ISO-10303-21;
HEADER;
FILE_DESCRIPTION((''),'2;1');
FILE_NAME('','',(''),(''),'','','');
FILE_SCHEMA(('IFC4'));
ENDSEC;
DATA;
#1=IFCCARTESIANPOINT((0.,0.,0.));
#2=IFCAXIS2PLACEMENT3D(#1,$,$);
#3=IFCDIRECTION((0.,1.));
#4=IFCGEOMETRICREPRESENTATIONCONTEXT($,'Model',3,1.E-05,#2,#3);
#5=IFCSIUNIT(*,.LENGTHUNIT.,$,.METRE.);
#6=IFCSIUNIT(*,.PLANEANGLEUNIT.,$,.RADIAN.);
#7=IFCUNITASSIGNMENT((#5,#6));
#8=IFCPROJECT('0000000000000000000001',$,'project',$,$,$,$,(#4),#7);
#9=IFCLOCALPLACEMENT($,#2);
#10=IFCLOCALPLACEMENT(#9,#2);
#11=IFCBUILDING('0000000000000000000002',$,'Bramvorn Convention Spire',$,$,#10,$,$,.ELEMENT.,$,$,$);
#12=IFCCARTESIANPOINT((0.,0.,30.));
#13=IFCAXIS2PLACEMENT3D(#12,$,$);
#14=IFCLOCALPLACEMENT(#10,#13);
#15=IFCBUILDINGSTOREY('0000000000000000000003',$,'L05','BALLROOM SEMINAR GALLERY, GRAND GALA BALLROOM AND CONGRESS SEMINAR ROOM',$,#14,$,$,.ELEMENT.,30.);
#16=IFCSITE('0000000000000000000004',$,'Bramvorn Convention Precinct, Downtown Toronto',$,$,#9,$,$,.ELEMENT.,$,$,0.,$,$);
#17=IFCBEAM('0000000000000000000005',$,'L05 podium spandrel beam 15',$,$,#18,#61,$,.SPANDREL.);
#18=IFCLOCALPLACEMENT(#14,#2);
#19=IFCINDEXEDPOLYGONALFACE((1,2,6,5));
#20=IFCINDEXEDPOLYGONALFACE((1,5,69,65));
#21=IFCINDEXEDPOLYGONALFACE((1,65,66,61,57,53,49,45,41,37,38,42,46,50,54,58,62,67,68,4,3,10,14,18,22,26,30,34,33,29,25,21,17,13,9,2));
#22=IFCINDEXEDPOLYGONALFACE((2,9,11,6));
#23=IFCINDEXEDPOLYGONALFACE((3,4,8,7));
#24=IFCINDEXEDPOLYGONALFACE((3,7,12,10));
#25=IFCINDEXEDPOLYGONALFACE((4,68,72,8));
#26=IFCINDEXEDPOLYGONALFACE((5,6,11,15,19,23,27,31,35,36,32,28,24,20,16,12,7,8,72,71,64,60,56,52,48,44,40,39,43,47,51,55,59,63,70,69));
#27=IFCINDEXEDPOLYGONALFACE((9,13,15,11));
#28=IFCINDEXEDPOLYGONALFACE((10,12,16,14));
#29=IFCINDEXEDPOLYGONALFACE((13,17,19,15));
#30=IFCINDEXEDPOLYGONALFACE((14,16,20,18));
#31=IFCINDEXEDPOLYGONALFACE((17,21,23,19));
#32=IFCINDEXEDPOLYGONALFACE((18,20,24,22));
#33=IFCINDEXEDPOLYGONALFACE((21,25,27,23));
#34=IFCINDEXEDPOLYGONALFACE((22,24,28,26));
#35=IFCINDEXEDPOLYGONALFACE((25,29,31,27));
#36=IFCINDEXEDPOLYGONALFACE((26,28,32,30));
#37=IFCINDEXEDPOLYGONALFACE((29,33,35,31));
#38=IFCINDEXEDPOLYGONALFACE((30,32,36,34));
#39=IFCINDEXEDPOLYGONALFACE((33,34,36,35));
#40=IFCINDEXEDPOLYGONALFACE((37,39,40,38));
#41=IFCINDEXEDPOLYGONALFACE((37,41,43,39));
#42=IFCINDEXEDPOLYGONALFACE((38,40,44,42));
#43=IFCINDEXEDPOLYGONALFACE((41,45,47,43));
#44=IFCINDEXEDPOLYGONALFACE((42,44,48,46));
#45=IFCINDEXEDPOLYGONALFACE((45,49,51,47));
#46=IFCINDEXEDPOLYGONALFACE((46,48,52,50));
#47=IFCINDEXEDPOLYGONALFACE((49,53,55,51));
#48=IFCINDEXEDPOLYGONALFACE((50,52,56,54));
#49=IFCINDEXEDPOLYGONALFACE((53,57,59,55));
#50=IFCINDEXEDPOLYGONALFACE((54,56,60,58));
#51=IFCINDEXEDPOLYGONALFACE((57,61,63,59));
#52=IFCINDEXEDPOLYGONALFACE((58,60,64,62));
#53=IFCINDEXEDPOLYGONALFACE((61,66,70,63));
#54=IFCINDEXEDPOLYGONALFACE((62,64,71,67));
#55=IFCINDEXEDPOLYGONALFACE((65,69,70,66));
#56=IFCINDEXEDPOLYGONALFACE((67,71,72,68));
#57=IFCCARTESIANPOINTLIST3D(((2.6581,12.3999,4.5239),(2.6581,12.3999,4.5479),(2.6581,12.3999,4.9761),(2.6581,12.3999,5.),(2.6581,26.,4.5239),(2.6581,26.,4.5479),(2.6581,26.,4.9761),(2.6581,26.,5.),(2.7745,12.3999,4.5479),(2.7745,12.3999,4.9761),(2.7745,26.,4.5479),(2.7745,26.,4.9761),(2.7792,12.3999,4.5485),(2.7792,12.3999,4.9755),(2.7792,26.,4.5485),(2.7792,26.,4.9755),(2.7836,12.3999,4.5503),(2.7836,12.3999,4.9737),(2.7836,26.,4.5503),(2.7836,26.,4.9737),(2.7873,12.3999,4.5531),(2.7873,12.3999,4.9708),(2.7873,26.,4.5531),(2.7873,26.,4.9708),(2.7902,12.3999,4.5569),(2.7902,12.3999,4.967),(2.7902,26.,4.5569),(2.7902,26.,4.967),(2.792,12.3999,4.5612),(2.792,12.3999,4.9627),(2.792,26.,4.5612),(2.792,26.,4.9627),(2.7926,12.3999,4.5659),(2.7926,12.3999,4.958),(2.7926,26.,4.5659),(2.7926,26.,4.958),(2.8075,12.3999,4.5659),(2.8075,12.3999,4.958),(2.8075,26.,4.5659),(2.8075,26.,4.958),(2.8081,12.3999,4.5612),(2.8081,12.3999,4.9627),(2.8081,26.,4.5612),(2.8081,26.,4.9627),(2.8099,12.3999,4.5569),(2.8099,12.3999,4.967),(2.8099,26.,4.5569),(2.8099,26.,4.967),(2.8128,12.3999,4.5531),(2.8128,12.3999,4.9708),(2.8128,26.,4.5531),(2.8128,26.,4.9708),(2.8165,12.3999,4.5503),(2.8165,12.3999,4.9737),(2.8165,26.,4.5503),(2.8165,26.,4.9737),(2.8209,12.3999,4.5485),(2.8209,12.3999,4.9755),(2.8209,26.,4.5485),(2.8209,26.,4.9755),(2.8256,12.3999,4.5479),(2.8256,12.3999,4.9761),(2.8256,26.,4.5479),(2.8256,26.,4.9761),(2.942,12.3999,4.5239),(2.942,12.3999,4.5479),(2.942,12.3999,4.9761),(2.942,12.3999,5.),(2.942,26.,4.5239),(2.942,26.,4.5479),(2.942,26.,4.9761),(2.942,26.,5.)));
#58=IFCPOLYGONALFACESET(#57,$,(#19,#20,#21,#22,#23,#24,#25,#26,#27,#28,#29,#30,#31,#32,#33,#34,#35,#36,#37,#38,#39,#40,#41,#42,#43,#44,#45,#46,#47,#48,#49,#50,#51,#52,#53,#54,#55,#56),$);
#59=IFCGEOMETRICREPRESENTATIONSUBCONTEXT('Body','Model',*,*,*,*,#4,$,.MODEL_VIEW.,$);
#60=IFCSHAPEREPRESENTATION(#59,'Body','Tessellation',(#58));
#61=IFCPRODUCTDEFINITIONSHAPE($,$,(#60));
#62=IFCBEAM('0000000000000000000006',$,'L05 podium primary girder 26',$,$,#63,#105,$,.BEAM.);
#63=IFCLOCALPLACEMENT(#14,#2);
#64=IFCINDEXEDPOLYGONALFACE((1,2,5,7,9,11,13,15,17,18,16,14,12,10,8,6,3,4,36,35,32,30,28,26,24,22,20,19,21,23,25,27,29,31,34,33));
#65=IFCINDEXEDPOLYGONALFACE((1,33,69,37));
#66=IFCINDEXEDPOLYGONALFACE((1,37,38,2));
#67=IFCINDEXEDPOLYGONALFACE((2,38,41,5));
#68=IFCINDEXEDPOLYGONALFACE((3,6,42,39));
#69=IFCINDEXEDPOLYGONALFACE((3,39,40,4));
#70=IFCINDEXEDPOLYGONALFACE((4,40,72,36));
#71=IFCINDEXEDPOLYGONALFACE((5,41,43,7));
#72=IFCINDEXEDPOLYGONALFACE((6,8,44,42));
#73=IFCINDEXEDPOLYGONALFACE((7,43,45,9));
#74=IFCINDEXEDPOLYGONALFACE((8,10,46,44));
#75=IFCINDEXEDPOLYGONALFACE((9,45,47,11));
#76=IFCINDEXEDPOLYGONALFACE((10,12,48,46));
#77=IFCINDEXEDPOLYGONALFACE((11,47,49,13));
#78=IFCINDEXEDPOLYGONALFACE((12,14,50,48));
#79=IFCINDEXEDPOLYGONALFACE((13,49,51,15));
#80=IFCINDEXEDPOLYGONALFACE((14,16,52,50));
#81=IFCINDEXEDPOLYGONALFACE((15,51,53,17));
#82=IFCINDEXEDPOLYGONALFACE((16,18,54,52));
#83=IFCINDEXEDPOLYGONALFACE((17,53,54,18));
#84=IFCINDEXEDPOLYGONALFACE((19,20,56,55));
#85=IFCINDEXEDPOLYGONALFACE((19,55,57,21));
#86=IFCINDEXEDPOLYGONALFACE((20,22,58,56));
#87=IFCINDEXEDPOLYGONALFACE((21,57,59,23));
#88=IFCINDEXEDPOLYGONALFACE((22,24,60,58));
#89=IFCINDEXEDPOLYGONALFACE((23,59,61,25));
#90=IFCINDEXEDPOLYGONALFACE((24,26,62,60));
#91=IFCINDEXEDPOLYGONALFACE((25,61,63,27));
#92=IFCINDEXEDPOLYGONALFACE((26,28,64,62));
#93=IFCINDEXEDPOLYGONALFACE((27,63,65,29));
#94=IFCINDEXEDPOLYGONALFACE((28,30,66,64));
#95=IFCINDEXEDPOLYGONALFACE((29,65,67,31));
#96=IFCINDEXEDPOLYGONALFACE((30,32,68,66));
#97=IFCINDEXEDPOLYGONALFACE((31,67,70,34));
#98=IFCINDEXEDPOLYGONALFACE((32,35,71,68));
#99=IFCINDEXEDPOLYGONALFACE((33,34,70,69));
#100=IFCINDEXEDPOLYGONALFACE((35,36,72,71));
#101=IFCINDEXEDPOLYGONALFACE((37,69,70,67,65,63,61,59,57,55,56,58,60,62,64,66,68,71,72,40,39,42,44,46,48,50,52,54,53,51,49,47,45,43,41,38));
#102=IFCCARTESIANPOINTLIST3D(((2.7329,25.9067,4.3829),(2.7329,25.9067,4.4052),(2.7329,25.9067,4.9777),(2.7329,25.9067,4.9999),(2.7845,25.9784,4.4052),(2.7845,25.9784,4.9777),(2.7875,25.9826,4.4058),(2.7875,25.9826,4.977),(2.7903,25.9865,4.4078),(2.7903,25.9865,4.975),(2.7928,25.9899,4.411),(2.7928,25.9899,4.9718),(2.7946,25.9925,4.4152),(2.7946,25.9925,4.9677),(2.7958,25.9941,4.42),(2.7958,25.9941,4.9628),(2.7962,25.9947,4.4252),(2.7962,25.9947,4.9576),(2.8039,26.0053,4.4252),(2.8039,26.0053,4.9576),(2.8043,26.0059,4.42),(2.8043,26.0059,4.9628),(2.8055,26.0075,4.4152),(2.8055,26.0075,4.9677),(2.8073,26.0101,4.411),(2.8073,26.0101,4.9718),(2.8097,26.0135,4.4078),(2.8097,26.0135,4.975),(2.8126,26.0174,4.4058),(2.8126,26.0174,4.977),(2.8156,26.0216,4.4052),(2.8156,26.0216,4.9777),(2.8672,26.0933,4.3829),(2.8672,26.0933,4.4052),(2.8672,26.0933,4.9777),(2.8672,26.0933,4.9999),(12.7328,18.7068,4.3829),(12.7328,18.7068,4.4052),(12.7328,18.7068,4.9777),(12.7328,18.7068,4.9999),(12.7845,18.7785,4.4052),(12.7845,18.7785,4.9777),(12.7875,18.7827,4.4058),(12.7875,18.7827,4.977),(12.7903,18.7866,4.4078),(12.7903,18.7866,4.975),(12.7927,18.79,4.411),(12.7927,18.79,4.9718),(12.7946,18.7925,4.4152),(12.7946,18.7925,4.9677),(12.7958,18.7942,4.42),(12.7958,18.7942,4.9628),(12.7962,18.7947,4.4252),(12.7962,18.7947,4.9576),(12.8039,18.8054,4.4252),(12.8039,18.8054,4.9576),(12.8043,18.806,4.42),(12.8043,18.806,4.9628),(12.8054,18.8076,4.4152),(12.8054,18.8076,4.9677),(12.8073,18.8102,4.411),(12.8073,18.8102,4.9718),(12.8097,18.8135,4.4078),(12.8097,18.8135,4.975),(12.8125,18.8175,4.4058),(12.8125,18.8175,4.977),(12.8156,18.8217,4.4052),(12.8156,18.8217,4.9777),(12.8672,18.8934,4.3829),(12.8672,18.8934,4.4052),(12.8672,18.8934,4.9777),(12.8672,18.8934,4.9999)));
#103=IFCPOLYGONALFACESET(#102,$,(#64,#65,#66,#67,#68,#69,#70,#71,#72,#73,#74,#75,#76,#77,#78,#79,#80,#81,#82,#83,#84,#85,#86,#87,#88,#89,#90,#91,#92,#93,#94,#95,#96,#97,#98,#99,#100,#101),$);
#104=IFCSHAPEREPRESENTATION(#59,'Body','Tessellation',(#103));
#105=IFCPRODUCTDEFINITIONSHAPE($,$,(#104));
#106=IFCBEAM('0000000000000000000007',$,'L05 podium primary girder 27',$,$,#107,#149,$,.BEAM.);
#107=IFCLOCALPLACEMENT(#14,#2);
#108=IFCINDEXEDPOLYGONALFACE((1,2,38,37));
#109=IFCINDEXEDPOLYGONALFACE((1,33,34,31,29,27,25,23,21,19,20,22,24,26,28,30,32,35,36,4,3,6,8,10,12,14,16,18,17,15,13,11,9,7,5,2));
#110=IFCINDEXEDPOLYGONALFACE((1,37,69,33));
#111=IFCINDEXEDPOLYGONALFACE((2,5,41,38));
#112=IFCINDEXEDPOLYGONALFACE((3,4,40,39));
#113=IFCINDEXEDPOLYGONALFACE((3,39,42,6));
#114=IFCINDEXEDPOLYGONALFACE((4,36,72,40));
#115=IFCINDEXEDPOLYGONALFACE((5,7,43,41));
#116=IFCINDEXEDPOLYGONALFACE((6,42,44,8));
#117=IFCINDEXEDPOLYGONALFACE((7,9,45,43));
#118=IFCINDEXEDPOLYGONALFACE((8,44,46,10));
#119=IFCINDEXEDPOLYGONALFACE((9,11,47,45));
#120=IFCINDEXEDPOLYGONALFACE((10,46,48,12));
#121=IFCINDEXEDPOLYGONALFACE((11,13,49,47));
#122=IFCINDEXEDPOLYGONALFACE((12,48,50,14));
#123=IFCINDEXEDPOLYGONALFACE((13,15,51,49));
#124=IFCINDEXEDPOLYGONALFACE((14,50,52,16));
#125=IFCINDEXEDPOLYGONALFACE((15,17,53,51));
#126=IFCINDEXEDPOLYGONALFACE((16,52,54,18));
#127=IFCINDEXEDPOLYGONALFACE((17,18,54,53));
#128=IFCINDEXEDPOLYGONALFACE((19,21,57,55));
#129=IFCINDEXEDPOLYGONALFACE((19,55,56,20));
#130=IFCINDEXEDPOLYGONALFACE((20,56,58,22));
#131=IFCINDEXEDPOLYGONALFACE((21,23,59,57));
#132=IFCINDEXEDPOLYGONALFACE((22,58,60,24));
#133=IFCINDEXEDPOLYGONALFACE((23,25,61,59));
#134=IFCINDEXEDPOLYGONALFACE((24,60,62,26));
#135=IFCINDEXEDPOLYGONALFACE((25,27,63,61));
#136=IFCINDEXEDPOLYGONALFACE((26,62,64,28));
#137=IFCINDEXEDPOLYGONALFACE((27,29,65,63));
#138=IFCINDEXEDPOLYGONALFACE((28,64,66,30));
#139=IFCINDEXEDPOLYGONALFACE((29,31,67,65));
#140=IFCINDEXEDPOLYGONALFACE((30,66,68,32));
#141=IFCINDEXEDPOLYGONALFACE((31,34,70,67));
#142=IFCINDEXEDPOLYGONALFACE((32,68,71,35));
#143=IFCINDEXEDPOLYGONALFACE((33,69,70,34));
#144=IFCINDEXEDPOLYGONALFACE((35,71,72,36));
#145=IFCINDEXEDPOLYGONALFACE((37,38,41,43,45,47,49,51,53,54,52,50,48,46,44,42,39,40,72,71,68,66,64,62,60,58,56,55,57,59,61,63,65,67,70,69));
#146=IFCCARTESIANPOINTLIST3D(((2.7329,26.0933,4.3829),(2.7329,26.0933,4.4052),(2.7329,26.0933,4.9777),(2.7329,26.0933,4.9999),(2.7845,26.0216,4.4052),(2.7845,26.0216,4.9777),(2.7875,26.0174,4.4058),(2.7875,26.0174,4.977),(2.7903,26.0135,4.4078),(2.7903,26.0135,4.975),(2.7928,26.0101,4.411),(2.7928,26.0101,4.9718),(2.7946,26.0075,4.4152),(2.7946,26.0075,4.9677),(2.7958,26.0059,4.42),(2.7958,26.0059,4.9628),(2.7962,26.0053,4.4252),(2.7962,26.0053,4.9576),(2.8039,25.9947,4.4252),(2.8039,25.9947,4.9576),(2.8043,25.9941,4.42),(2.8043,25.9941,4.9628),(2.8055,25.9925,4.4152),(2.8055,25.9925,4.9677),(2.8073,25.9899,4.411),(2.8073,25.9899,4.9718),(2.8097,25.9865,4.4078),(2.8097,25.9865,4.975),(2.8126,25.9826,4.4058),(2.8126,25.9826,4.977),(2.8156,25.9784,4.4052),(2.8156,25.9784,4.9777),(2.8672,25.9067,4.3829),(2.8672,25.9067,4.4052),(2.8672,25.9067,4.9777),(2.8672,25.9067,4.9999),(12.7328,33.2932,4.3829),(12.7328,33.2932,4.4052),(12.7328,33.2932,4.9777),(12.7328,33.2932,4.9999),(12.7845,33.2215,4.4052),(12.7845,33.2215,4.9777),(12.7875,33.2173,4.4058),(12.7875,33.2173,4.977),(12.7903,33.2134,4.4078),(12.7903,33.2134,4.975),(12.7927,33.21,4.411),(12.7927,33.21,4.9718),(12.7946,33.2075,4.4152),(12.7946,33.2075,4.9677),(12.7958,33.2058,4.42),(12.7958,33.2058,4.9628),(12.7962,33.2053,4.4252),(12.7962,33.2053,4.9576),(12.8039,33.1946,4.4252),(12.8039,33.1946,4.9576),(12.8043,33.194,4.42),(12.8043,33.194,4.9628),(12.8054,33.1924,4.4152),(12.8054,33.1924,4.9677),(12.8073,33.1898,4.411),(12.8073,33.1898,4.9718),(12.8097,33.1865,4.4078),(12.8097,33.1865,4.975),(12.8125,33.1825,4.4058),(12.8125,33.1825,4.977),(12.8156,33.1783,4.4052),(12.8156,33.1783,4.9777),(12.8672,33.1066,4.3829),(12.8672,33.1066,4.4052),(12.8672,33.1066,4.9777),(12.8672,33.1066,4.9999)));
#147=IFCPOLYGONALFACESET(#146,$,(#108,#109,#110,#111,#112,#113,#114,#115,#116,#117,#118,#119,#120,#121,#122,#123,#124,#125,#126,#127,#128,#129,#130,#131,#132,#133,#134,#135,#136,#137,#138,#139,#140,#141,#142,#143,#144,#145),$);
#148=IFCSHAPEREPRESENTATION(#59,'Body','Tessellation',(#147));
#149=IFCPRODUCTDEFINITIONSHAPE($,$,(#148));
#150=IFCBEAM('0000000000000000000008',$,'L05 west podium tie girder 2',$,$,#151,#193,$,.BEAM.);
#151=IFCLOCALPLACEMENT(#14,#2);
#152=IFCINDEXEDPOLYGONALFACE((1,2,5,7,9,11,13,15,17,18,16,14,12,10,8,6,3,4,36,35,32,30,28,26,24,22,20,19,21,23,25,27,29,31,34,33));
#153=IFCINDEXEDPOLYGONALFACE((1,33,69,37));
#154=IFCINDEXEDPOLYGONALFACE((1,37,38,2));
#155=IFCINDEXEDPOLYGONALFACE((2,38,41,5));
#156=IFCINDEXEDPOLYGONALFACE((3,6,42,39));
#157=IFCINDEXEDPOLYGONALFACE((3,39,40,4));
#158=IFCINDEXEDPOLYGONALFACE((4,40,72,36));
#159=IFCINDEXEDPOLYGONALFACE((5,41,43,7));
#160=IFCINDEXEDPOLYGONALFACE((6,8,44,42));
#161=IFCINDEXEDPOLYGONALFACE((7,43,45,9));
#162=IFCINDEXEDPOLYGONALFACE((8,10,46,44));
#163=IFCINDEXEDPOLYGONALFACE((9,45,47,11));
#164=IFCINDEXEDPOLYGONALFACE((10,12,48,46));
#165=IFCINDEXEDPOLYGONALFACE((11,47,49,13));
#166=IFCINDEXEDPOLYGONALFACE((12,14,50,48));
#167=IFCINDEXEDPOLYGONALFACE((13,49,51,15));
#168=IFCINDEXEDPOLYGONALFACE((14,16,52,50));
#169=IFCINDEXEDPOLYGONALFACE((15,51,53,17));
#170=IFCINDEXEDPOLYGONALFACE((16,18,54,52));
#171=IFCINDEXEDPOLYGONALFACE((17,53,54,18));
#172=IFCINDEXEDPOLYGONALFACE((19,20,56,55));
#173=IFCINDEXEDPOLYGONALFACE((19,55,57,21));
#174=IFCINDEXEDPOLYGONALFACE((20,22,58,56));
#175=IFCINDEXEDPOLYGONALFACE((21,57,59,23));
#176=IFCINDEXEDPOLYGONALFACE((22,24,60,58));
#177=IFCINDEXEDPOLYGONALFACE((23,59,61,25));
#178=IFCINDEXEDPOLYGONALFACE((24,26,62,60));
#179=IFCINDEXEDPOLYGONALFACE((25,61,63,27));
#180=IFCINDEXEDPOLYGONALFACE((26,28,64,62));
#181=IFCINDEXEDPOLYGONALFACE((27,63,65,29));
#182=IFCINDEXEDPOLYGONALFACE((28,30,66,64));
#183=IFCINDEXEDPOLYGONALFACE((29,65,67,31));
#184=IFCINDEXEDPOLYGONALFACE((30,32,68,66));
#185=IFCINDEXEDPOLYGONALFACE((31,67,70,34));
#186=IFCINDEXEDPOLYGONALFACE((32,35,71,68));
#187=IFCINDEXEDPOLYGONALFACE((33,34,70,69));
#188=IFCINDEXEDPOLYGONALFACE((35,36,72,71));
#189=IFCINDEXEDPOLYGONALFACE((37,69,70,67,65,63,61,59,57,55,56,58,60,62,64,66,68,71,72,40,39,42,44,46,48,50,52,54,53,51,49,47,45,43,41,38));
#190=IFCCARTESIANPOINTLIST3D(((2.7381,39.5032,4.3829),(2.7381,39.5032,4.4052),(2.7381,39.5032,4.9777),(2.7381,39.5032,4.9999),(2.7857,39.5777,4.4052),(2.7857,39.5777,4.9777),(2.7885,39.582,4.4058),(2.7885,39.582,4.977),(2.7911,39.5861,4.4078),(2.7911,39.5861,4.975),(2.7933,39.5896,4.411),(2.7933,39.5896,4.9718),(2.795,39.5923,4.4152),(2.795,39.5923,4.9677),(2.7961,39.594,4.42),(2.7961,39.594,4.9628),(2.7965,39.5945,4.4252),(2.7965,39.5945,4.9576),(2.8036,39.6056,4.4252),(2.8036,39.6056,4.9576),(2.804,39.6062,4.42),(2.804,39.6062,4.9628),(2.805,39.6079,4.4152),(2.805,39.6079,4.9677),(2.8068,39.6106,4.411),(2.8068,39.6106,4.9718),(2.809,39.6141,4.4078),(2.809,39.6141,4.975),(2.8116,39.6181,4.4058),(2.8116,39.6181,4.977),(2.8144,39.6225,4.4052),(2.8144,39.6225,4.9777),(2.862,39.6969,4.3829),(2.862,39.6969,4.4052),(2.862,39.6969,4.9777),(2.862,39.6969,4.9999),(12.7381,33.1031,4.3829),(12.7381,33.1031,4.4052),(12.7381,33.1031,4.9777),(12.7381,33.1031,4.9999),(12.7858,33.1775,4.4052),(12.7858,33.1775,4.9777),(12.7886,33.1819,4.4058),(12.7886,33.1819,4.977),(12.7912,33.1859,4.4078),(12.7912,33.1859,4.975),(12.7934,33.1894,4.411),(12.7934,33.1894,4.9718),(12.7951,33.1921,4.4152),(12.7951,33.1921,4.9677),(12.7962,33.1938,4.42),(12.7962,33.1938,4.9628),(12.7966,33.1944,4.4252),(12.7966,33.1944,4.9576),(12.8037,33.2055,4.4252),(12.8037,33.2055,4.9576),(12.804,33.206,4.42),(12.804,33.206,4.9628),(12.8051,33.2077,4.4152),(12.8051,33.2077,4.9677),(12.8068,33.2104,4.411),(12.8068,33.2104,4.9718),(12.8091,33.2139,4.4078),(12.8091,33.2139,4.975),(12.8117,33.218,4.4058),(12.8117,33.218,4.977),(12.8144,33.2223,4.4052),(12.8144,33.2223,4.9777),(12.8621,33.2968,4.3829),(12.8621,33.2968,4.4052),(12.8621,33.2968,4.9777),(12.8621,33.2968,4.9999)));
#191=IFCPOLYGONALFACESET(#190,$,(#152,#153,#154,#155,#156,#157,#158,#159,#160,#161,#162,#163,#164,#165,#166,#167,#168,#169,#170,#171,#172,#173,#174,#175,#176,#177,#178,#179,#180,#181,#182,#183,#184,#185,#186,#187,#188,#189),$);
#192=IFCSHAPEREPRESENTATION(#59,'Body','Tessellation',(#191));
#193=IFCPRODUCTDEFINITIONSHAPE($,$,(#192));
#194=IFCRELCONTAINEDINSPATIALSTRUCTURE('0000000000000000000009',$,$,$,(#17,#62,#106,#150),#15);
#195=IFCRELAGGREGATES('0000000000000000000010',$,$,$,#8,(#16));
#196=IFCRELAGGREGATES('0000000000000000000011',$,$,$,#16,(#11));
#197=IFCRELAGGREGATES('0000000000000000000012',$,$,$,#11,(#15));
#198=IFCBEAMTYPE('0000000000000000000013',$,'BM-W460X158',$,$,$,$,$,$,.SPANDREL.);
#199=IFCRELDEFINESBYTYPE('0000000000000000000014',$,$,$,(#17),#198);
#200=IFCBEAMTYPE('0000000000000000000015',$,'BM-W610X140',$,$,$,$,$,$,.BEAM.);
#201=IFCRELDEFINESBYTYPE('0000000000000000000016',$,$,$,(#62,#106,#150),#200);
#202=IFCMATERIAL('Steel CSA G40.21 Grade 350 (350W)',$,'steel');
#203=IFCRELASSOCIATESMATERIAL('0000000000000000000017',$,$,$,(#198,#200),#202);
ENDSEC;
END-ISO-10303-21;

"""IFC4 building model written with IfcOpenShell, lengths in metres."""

from ifc_helpers import new_model, si_unit, direction, frame, origin, origin_2d, place, context, subcontext, project, spatial, i_section, extrude, material, material_profile, profile_set, type_object, element, save


model = new_model("IFC4")

# Units and contexts
model_context = context("Model", 3, precision=1e-05, world=origin(), true_north=direction((0.0, 1.0)))
body_context = subcontext(model_context, "Body", "Model", "MODEL_VIEW")
ifc_project = project(units=[si_unit("LENGTHUNIT", "METRE"), si_unit("PLANEANGLEUNIT", "RADIAN")], contexts=[model_context])

# Site, building, storey
site_placement = place(None, origin())
site = spatial("IfcSite", under=ifc_project, at=site_placement, Name="Bramvorn Convention Precinct, Downtown Toronto", CompositionType="ELEMENT", RefElevation=0.0)
building_placement = place(site_placement, origin())
building = spatial("IfcBuilding", under=site, at=building_placement, Name="Bramvorn Convention Spire", CompositionType="ELEMENT")
storey_placement = place(building_placement, frame((0.0, 0.0, 30.0)))
storey = spatial("IfcBuildingStorey", under=building, at=storey_placement, Name="L05", Description="BALLROOM SEMINAR GALLERY, GRAND GALA BALLROOM AND CONGRESS SEMINAR ROOM", CompositionType="ELEMENT", Elevation=30.0)

# Shared definitions
ifc_material_1 = material(Name="Steel CSA G40.21 Grade 350 (350W)", Category="steel")

# Beams
ifc_material_profile_1 = material_profile(ifc_material_1, i_section(OverallWidth=0.2839, OverallDepth=0.4761, WebThickness=0.0149, FlangeThickness=0.0239, FilletRadius=0.0181, at=origin_2d()))
ifc_profile_set_1 = profile_set([ifc_material_profile_1], Name="Steel CSA G40.21 Grade 350 (350W) - W460X158")
beam_type_1 = type_object("IfcBeamType", Name="BM-W460X158", PredefinedType="SPANDREL", material=ifc_profile_set_1)
for number, where, z_axis, x_axis, name in (
    (1, (2.8, 26.0, 4.762), (0.0, -1.0, 0.0), (1.0, 0.0, 0.0), "L05 podium spandrel beam 15"),
):
    element("IfcBeam", number, at=place(storey_placement, frame(where, z_axis=z_axis, x_axis=x_axis)), inside=storey, type_object=beam_type_1, Name=name, PredefinedType="SPANDREL", context=body_context, shape_type="SweptSolid", body=[
        extrude(i_section(OverallWidth=0.2839, OverallDepth=0.4761, WebThickness=0.0149, FlangeThickness=0.0239, FilletRadius=0.0181, at=origin_2d()), origin(), (0.0, 0.0, 1.0), 13.6001),
    ])
ifc_material_profile_2 = material_profile(ifc_material_1, i_section(OverallWidth=0.23, OverallDepth=0.6169, WebThickness=0.0132, FlangeThickness=0.0222, FilletRadius=0.02, at=origin_2d()))
ifc_profile_set_2 = profile_set([ifc_material_profile_2], Name="Steel CSA G40.21 Grade 350 (350W) - W610X140")
beam_type_2 = type_object("IfcBeamType", Name="BM-W610X140", PredefinedType="BEAM", material=ifc_profile_set_2)
for number, where, z_axis, x_axis, name in (
    (2, (2.8, 26.0, 4.6914), (0.811536, -0.584302, 0.0), (0.584302, 0.811536, 0.0), "L05 podium primary girder 26"),
    (3, (2.8, 26.0, 4.6914), (0.811536, 0.584302, 0.0), (-0.584302, 0.811536, 0.0), "L05 podium primary girder 27"),
):
    element("IfcBeam", number, at=place(storey_placement, frame(where, z_axis=z_axis, x_axis=x_axis)), inside=storey, type_object=beam_type_2, Name=name, PredefinedType="BEAM", context=body_context, shape_type="SweptSolid", body=[
        extrude(i_section(OverallWidth=0.23, OverallDepth=0.6169, WebThickness=0.0132, FlangeThickness=0.0222, FilletRadius=0.02, at=origin_2d()), origin(), (0.0, 0.0, 1.0), 12.3223),
    ])
beam_1_placement = place(storey_placement, frame((2.8, 39.6001, 4.6914), z_axis=(0.842266, -0.539062, 0.0), x_axis=(0.539062, 0.842266, 0.0)))
element("IfcBeam", 4, at=beam_1_placement, inside=storey, type_object=beam_type_2, Name="L05 west podium tie girder 2", PredefinedType="BEAM", context=body_context, shape_type="SweptSolid", body=[
    extrude(i_section(OverallWidth=0.23, OverallDepth=0.6169, WebThickness=0.0132, FlangeThickness=0.0222, FilletRadius=0.02, at=origin_2d()), origin(), (0.0, 0.0, 1.0), 11.8728),
])

save(model, "model.ifc")
